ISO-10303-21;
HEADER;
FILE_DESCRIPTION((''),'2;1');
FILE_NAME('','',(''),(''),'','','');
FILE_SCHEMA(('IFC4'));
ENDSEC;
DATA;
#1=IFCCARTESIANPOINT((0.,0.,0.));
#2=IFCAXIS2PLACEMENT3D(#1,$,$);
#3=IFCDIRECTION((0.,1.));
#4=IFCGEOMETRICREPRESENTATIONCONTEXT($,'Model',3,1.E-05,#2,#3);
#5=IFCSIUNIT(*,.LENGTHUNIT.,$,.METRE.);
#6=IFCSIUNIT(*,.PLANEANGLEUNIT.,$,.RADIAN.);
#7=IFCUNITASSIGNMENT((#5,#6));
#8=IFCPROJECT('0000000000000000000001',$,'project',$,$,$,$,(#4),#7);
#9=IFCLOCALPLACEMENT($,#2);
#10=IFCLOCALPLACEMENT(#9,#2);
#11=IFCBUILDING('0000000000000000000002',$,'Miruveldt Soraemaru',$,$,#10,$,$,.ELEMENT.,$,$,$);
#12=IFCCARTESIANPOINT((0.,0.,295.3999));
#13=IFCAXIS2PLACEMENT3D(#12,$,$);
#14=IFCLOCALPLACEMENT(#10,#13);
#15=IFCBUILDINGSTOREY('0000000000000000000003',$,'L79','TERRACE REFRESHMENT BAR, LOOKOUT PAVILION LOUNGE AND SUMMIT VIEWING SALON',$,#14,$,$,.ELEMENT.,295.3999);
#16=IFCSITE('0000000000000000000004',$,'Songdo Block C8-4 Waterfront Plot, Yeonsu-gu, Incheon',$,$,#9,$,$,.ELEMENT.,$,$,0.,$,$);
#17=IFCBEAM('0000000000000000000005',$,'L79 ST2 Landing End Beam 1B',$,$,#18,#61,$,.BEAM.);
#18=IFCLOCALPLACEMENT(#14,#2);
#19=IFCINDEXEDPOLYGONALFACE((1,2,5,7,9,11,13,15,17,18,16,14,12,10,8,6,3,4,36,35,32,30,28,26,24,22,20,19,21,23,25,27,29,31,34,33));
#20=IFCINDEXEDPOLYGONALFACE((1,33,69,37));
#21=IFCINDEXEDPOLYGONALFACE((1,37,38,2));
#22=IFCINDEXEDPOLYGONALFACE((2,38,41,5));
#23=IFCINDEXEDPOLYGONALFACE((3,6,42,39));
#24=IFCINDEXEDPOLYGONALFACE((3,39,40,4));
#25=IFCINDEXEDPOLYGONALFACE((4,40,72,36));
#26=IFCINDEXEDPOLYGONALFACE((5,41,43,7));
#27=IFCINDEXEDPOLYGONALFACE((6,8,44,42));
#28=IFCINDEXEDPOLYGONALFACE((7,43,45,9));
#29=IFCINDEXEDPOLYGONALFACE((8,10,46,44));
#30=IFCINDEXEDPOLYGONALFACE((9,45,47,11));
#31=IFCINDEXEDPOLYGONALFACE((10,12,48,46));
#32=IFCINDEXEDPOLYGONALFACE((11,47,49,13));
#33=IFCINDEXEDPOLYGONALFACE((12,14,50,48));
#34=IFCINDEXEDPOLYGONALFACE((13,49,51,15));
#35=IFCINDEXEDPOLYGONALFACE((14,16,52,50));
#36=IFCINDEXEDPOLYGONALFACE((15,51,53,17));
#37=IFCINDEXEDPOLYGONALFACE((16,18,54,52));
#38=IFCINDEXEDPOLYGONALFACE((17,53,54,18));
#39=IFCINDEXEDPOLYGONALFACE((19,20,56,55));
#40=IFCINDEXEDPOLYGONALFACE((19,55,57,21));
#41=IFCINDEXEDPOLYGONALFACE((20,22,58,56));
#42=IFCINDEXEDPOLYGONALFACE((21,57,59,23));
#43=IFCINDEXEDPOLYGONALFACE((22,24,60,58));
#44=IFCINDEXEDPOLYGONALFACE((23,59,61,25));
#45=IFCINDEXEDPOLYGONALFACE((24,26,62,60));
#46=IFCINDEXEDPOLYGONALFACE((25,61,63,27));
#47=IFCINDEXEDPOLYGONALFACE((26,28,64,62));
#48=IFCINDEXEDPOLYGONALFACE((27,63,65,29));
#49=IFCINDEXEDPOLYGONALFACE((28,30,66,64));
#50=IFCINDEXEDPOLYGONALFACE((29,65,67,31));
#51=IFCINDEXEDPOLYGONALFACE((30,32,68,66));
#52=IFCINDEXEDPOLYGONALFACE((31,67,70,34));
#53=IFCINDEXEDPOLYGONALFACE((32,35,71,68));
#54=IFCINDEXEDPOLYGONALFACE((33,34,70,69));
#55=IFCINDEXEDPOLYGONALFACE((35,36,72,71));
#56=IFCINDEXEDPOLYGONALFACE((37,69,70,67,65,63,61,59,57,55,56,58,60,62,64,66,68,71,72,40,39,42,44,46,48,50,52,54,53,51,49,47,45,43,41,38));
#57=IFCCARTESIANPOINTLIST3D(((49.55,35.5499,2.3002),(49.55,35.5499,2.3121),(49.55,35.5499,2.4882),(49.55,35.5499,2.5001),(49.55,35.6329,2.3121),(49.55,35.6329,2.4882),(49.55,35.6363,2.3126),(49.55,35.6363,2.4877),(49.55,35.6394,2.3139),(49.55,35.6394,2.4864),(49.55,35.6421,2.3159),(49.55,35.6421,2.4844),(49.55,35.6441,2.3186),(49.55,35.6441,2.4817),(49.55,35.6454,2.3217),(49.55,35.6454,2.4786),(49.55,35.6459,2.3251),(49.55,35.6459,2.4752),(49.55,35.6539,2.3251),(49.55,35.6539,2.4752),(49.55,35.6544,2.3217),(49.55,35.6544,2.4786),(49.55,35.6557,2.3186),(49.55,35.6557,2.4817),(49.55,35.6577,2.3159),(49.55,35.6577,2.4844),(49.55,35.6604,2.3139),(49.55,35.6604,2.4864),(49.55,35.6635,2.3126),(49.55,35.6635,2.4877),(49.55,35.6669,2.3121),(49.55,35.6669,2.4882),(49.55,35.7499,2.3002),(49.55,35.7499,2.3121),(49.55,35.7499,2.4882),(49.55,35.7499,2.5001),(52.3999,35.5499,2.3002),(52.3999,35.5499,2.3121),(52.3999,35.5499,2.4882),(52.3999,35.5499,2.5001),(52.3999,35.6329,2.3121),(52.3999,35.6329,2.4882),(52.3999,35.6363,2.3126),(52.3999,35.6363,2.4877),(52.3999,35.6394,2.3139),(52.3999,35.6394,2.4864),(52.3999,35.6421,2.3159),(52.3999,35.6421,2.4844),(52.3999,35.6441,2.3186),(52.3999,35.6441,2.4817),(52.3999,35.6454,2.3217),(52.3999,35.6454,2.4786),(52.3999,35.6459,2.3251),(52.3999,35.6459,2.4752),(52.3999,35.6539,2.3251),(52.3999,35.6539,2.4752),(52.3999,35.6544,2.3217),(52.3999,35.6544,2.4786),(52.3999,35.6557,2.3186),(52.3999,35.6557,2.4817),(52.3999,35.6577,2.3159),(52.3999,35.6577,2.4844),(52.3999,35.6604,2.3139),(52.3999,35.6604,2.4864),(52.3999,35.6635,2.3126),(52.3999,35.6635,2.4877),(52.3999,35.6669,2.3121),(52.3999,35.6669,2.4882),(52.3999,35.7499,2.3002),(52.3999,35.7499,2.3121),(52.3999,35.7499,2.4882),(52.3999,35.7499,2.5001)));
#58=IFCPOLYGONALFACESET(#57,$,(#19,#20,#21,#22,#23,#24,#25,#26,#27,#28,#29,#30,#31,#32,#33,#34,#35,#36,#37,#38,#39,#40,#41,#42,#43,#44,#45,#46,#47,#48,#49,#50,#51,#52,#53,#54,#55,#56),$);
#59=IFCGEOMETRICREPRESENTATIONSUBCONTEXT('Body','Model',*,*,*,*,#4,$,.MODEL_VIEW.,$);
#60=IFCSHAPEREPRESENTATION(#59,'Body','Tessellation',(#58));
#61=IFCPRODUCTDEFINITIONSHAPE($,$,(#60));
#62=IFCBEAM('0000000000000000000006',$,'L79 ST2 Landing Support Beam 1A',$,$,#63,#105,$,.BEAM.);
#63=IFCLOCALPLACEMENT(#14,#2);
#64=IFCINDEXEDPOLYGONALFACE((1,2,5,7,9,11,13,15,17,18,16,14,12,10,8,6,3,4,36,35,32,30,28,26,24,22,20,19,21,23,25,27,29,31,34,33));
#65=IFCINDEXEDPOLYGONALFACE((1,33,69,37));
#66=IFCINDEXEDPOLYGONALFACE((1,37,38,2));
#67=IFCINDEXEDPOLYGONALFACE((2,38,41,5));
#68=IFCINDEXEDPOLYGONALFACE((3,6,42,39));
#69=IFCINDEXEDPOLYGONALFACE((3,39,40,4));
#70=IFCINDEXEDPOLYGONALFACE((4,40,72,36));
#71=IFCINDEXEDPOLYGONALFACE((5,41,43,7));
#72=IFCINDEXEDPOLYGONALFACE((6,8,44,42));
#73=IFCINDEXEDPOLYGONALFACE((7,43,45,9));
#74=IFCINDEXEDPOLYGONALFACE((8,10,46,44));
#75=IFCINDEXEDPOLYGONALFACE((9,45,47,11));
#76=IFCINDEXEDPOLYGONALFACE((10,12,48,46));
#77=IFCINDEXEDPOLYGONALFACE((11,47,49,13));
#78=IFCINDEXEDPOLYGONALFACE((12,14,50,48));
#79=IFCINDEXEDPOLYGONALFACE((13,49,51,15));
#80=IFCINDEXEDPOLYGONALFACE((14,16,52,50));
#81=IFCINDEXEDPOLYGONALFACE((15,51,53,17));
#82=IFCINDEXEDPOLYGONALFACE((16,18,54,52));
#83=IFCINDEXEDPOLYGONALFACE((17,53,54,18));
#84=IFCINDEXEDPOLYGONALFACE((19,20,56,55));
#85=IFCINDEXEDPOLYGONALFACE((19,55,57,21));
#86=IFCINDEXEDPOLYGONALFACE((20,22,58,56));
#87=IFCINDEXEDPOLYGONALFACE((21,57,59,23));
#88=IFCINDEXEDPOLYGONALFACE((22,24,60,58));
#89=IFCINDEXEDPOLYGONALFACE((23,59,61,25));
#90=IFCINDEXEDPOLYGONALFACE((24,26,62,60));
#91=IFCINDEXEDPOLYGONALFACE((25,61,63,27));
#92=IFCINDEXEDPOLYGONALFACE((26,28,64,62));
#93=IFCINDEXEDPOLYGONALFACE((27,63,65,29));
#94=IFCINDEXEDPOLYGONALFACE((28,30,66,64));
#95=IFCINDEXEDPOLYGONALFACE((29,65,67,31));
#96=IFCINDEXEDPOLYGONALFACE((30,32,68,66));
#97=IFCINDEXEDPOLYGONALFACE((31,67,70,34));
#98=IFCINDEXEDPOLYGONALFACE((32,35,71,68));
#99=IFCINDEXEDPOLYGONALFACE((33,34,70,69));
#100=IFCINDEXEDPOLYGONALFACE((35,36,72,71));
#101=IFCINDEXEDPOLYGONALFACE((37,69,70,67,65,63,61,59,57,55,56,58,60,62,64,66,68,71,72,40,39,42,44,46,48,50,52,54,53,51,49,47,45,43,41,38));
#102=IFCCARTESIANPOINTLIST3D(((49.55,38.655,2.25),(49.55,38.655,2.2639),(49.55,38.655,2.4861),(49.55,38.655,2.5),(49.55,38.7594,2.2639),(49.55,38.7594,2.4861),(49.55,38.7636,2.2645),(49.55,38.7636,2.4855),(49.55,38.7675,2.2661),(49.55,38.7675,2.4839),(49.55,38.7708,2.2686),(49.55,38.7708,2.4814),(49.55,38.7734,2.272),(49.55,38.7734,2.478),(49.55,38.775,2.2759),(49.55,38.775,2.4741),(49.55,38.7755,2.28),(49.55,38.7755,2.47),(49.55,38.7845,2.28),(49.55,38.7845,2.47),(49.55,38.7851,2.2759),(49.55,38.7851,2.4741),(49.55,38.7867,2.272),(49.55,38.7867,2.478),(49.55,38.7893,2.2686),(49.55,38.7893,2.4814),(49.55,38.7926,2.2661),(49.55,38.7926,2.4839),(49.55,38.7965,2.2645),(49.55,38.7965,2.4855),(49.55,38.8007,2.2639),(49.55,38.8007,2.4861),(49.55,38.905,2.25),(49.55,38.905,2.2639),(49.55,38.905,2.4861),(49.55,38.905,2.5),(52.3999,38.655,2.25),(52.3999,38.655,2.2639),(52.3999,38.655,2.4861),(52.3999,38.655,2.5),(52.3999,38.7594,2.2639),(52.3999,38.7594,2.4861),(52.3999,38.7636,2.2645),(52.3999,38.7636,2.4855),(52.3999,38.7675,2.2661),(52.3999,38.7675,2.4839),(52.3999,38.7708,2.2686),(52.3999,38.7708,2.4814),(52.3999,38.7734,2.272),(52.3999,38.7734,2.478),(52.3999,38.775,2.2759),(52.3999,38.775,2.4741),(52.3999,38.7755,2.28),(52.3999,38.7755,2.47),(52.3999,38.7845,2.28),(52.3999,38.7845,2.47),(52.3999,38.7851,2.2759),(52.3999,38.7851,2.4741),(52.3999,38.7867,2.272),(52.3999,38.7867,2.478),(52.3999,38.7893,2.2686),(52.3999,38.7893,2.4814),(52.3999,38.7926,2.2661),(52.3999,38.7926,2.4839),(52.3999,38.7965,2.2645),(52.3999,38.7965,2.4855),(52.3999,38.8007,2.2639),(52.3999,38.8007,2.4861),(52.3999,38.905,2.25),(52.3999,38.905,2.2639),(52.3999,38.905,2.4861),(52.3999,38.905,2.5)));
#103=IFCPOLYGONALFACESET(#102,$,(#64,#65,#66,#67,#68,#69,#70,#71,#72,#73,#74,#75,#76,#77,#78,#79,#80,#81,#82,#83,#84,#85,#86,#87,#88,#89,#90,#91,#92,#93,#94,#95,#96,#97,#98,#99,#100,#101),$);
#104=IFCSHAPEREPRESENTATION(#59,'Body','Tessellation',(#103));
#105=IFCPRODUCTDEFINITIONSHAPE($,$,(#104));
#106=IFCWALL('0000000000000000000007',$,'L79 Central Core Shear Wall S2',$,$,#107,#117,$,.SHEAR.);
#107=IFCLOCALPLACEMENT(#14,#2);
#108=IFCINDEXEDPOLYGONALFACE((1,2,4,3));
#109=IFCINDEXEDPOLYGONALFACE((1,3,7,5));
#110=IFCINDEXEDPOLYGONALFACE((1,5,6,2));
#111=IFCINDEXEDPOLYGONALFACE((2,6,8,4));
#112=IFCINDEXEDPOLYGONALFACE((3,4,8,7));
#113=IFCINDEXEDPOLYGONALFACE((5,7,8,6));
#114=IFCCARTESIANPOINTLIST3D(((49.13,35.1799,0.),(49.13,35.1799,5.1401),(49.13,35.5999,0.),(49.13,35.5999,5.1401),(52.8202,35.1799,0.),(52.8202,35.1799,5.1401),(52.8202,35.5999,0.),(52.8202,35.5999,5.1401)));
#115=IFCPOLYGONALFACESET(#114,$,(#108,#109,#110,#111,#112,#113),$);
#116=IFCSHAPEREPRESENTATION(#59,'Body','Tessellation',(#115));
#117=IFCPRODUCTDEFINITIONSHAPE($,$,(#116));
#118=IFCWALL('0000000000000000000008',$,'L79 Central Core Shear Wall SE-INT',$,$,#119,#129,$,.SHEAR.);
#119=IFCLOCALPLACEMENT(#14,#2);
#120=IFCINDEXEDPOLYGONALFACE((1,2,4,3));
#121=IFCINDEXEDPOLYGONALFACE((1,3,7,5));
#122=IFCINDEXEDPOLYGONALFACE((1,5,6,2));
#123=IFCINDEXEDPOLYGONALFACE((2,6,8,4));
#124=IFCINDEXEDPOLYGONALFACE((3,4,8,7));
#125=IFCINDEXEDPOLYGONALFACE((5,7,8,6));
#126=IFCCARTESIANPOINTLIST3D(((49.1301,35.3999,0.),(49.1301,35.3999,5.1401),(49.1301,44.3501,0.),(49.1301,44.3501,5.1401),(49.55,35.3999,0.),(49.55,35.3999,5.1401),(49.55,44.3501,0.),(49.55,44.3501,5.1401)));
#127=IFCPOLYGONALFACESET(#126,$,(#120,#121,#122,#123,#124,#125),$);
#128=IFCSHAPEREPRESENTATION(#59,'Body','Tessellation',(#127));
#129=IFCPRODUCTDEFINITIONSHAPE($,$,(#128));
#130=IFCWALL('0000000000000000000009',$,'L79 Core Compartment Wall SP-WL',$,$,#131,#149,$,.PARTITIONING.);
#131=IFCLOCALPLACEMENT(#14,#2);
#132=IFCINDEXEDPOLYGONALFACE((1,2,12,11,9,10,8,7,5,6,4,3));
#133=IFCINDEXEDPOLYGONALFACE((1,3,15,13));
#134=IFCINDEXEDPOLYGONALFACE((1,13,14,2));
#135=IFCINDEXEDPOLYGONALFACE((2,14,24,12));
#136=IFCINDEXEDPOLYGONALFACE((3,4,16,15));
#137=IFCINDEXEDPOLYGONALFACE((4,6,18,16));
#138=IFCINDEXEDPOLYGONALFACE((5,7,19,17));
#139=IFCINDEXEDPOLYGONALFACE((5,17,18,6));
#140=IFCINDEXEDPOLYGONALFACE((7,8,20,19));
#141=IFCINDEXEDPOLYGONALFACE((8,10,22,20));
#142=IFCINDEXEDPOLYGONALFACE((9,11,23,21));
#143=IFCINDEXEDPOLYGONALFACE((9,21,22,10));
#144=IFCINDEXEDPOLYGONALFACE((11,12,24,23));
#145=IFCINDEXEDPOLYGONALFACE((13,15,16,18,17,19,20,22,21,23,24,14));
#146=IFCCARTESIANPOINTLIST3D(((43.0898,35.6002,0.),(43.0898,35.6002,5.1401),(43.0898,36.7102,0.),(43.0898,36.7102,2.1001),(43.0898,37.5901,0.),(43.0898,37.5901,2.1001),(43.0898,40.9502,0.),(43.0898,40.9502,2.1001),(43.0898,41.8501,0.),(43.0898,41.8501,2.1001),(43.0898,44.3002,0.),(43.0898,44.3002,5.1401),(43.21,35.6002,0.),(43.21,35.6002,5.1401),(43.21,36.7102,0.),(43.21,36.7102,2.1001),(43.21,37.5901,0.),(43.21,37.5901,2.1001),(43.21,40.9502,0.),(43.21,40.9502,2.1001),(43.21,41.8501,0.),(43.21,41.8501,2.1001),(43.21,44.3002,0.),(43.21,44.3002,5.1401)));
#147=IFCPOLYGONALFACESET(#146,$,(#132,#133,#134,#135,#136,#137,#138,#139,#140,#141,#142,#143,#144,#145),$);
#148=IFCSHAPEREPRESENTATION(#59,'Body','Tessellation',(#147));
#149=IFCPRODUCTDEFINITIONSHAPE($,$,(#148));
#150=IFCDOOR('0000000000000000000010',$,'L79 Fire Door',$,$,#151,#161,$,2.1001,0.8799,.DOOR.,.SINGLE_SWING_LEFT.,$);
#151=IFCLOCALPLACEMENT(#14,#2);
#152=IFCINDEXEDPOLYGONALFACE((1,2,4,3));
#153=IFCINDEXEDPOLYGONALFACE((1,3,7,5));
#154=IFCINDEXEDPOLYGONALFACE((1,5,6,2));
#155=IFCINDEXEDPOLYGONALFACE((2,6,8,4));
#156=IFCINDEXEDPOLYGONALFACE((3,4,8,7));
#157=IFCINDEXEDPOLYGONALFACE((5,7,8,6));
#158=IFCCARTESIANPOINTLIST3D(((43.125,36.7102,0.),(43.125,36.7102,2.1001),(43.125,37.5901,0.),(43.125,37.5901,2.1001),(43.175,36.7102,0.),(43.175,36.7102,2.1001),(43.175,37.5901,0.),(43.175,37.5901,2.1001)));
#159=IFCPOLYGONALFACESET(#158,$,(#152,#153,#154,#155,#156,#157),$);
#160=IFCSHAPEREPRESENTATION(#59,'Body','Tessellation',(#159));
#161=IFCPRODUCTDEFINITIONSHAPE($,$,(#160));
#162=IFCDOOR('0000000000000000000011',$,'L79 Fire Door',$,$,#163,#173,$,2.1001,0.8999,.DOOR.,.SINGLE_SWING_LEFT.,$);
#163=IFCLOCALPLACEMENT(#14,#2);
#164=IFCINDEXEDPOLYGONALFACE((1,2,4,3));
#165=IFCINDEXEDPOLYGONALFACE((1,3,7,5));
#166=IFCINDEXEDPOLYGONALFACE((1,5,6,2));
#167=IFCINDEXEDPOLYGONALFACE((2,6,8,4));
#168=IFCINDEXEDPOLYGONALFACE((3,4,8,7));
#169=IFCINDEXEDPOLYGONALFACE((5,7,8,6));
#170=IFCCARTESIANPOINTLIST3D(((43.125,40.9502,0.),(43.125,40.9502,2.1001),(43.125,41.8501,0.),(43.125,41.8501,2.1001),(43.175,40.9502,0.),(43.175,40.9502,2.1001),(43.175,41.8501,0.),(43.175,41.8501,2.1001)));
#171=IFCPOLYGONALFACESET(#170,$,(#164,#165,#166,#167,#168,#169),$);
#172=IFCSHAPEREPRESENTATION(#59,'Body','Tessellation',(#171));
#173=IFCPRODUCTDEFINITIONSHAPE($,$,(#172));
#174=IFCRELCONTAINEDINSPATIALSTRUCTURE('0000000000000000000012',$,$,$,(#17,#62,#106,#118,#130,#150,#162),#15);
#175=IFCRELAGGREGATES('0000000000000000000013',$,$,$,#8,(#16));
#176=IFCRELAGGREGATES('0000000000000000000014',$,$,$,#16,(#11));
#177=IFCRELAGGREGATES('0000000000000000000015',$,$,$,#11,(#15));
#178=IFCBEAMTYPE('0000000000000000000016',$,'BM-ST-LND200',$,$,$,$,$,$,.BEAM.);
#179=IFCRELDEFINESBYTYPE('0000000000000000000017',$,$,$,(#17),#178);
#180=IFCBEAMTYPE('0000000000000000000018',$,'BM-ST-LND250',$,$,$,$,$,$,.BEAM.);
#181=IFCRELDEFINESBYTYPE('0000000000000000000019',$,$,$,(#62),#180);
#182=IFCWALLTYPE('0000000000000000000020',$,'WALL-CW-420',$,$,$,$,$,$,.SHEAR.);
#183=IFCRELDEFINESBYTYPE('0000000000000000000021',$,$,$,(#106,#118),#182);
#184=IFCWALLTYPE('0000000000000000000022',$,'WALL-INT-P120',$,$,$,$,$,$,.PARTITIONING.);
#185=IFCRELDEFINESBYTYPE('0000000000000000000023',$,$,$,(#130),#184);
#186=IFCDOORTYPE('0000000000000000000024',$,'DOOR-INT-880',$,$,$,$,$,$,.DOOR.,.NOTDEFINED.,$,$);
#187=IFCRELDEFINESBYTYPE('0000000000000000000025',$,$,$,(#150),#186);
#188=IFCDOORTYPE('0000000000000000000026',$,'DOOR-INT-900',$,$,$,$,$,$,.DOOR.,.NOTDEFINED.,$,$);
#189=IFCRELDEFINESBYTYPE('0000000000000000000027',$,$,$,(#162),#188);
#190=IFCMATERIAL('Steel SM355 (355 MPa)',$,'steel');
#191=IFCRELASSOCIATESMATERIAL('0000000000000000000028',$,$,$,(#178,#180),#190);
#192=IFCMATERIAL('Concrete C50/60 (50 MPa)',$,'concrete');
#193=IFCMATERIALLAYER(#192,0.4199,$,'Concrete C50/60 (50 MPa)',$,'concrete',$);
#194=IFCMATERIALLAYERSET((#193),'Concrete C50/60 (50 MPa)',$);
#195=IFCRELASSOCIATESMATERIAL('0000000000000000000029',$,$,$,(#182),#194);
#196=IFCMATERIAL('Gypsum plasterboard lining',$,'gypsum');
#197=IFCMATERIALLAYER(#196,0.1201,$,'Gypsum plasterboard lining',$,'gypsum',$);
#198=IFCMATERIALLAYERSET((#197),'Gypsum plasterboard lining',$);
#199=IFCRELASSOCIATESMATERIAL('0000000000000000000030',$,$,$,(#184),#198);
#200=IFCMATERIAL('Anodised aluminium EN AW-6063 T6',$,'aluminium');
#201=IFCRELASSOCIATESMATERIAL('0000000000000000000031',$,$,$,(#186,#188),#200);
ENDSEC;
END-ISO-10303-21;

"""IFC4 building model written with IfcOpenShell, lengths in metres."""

from ifc_helpers import new_model, si_unit, direction, frame, frame_2d, origin, origin_2d, place, context, subcontext, project, spatial, rectangle, i_section, extrude, material, layer, layer_set, material_profile, profile_set, type_object, element, fill, save


model = new_model("IFC4")

# Units and contexts
model_context = context("Model", 3, precision=1e-05, world=origin(), true_north=direction((0.0, 1.0)))
body_context = subcontext(model_context, "Body", "Model", "MODEL_VIEW")
ifc_project = project(units=[si_unit("LENGTHUNIT", "METRE"), si_unit("PLANEANGLEUNIT", "RADIAN")], contexts=[model_context])

# Site, building, storey
site_placement = place(None, origin())
site = spatial("IfcSite", under=ifc_project, at=site_placement, Name="Songdo Block C8-4 Waterfront Plot, Yeonsu-gu, Incheon", CompositionType="ELEMENT", RefElevation=0.0)
building_placement = place(site_placement, origin())
building = spatial("IfcBuilding", under=site, at=building_placement, Name="Miruveldt Soraemaru", CompositionType="ELEMENT")
storey_placement = place(building_placement, frame((0.0, 0.0, 295.3999)))
storey = spatial("IfcBuildingStorey", under=building, at=storey_placement, Name="L79", Description="TERRACE REFRESHMENT BAR, LOOKOUT PAVILION LOUNGE AND SUMMIT VIEWING SALON", CompositionType="ELEMENT", Elevation=295.3999)

# Beams
ifc_material_1 = material(Name="Steel SM355 (355 MPa)", Category="steel")
ifc_material_profile_1 = material_profile(ifc_material_1, i_section(OverallWidth=0.2, OverallDepth=0.2, WebThickness=0.0081, FlangeThickness=0.012, FilletRadius=0.0129, at=origin_2d()), Name="Steel SM355 (355 MPa)", Category="steel")
ifc_profile_set_1 = profile_set([ifc_material_profile_1], Name="Steel SM355 (355 MPa)")
beam_type_1 = type_object("IfcBeamType", Name="BM-ST-LND200", PredefinedType="BEAM", material=ifc_profile_set_1)
beam_1_placement = place(storey_placement, frame((49.55, 35.6499, 2.4001), z_axis=(1.0, 0.0, 0.0), x_axis=(0.0, 1.0, 0.0)))
element("IfcBeam", 1, at=beam_1_placement, inside=storey, type_object=beam_type_1, Name="L79 ST2 Landing End Beam 1B", PredefinedType="BEAM", context=body_context, shape_type="SweptSolid", body=[
    extrude(i_section(OverallWidth=0.2, OverallDepth=0.2, WebThickness=0.0081, FlangeThickness=0.012, FilletRadius=0.0129, at=origin_2d()), origin(), (0.0, 0.0, 1.0), 2.8499),
])
ifc_material_profile_2 = material_profile(ifc_material_1, i_section(OverallWidth=0.25, OverallDepth=0.25, WebThickness=0.009, FlangeThickness=0.0139, FilletRadius=0.0161, at=origin_2d()), Name="Steel SM355 (355 MPa)", Category="steel")
ifc_profile_set_2 = profile_set([ifc_material_profile_2], Name="Steel SM355 (355 MPa)")
beam_type_2 = type_object("IfcBeamType", Name="BM-ST-LND250", PredefinedType="BEAM", material=ifc_profile_set_2)
beam_2_placement = place(storey_placement, frame((49.55, 38.78, 2.375), z_axis=(1.0, 0.0, 0.0), x_axis=(0.0, 1.0, 0.0)))
element("IfcBeam", 2, at=beam_2_placement, inside=storey, type_object=beam_type_2, Name="L79 ST2 Landing Support Beam 1A", PredefinedType="BEAM", context=body_context, shape_type="SweptSolid", body=[
    extrude(i_section(OverallWidth=0.25, OverallDepth=0.25, WebThickness=0.009, FlangeThickness=0.0139, FilletRadius=0.0161, at=origin_2d()), origin(), (0.0, 0.0, 1.0), 2.8499),
])

# Walls
ifc_material_2 = material(Name="Concrete C50/60 (50 MPa)", Category="concrete")
ifc_layer_1 = layer(ifc_material_2, 0.4199, Name="Concrete C50/60 (50 MPa)", Category="concrete")
ifc_layer_set_1 = layer_set([ifc_layer_1], Name="Concrete C50/60 (50 MPa)")
wall_type_1 = type_object("IfcWallType", Name="WALL-CW-420", PredefinedType="SHEAR", material=ifc_layer_set_1)
wall_1_placement = place(storey_placement, frame((49.1299, 35.3899, 0.0), z_axis=(0.0, 0.0, 1.0), x_axis=(1.0, 0.0, 0.0)))
element("IfcWall", 3, at=wall_1_placement, inside=storey, type_object=wall_type_1, Name="L79 Central Core Shear Wall S2", PredefinedType="SHEAR", context=body_context, shape_type="SweptSolid", body=[
    extrude(rectangle(XDim=3.6902, YDim=0.4199, at=frame_2d((1.8452, 0.0))), origin(), (0.0, 0.0, 1.0), 5.1401),
])
wall_2_placement = place(storey_placement, frame((49.3401, 35.3999, 0.0), z_axis=(0.0, 0.0, 1.0), x_axis=(0.0, 1.0, 0.0)))
element("IfcWall", 4, at=wall_2_placement, inside=storey, type_object=wall_type_1, Name="L79 Central Core Shear Wall SE-INT", PredefinedType="SHEAR", context=body_context, shape_type="SweptSolid", body=[
    extrude(rectangle(XDim=8.9502, YDim=0.4199, at=frame_2d((4.4751, 0.0))), origin(), (0.0, 0.0, 1.0), 5.1401),
])

# Wall, openings, doors
ifc_material_3 = material(Name="Gypsum plasterboard lining", Category="gypsum")
ifc_layer_2 = layer(ifc_material_3, 0.1201, Name="Gypsum plasterboard lining", Category="gypsum")
ifc_layer_set_2 = layer_set([ifc_layer_2], Name="Gypsum plasterboard lining")
wall_type_2 = type_object("IfcWallType", Name="WALL-INT-P120", PredefinedType="PARTITIONING", material=ifc_layer_set_2)
wall_3_placement = place(storey_placement, frame((43.1499, 35.6001, 0.0), z_axis=(0.0, 0.0, 1.0), x_axis=(0.0, 1.0, 0.0)))
wall_3 = element("IfcWall", 5, at=wall_3_placement, inside=storey, type_object=wall_type_2, Name="L79 Core Compartment Wall SP-WL", PredefinedType="PARTITIONING", context=body_context, shape_type="SweptSolid", body=[
    extrude(rectangle(XDim=8.7, YDim=0.1201, at=frame_2d((4.3501, 0.0))), origin(), (0.0, 0.0, 1.0), 5.1401),
])
opening_1_placement = place(wall_3_placement, frame((1.1101, 0.0, 0.0)))
opening_1 = element("IfcOpeningElement", 6, at=opening_1_placement, cuts=wall_3, PredefinedType="OPENING", context=body_context, shape_type="SweptSolid", body=[
    extrude(rectangle(XDim=0.8799, YDim=2.1001, at=frame_2d((0.4399, 1.05))), frame((0.0, 0.0701, 0.0), z_axis=(0.0, -1.0, 0.0), x_axis=(1.0, 0.0, 0.0)), (0.0, 0.0, 1.0), 0.1401),
])
opening_2_placement = place(wall_3_placement, frame((5.3501, 0.0, 0.0)))
opening_2 = element("IfcOpeningElement", 7, at=opening_2_placement, cuts=wall_3, PredefinedType="OPENING", context=body_context, shape_type="SweptSolid", body=[
    extrude(rectangle(XDim=0.8999, YDim=2.1001, at=frame_2d((0.45, 1.05))), frame((0.0, 0.0701, 0.0), z_axis=(0.0, -1.0, 0.0), x_axis=(1.0, 0.0, 0.0)), (0.0, 0.0, 1.0), 0.1401),
])
ifc_material_4 = material(Name="Anodised aluminium EN AW-6063 T6", Category="aluminium")
door_type_1 = type_object("IfcDoorType", Name="DOOR-INT-880", OperationType="NOTDEFINED", PredefinedType="DOOR", material=ifc_material_4)
door_1_placement = place(opening_1_placement, origin())
door_1 = element("IfcDoor", 8, at=door_1_placement, inside=storey, type_object=door_type_1, Name="L79 Fire Door", OperationType="SINGLE_SWING_LEFT", OverallHeight=2.1001, OverallWidth=0.8799, PredefinedType="DOOR", context=body_context, shape_type="SweptSolid", body=[
    extrude(rectangle(XDim=0.8799, YDim=2.1001, at=frame_2d((0.4399, 1.05))), frame((0.0, 0.0249, 0.0), z_axis=(0.0, -1.0, 0.0), x_axis=(1.0, 0.0, 0.0)), (0.0, 0.0, 1.0), 0.05),
])
fill(opening_1, door_1)
door_type_2 = type_object("IfcDoorType", Name="DOOR-INT-900", OperationType="NOTDEFINED", PredefinedType="DOOR", material=ifc_material_4)
door_2_placement = place(opening_2_placement, origin())
door_2 = element("IfcDoor", 9, at=door_2_placement, inside=storey, type_object=door_type_2, Name="L79 Fire Door", OperationType="SINGLE_SWING_LEFT", OverallHeight=2.1001, OverallWidth=0.8999, PredefinedType="DOOR", context=body_context, shape_type="SweptSolid", body=[
    extrude(rectangle(XDim=0.8999, YDim=2.1001, at=frame_2d((0.45, 1.05))), frame((0.0, 0.0249, 0.0), z_axis=(0.0, -1.0, 0.0), x_axis=(1.0, 0.0, 0.0)), (0.0, 0.0, 1.0), 0.05),
])
fill(opening_2, door_2)

save(model, "model.ifc")
